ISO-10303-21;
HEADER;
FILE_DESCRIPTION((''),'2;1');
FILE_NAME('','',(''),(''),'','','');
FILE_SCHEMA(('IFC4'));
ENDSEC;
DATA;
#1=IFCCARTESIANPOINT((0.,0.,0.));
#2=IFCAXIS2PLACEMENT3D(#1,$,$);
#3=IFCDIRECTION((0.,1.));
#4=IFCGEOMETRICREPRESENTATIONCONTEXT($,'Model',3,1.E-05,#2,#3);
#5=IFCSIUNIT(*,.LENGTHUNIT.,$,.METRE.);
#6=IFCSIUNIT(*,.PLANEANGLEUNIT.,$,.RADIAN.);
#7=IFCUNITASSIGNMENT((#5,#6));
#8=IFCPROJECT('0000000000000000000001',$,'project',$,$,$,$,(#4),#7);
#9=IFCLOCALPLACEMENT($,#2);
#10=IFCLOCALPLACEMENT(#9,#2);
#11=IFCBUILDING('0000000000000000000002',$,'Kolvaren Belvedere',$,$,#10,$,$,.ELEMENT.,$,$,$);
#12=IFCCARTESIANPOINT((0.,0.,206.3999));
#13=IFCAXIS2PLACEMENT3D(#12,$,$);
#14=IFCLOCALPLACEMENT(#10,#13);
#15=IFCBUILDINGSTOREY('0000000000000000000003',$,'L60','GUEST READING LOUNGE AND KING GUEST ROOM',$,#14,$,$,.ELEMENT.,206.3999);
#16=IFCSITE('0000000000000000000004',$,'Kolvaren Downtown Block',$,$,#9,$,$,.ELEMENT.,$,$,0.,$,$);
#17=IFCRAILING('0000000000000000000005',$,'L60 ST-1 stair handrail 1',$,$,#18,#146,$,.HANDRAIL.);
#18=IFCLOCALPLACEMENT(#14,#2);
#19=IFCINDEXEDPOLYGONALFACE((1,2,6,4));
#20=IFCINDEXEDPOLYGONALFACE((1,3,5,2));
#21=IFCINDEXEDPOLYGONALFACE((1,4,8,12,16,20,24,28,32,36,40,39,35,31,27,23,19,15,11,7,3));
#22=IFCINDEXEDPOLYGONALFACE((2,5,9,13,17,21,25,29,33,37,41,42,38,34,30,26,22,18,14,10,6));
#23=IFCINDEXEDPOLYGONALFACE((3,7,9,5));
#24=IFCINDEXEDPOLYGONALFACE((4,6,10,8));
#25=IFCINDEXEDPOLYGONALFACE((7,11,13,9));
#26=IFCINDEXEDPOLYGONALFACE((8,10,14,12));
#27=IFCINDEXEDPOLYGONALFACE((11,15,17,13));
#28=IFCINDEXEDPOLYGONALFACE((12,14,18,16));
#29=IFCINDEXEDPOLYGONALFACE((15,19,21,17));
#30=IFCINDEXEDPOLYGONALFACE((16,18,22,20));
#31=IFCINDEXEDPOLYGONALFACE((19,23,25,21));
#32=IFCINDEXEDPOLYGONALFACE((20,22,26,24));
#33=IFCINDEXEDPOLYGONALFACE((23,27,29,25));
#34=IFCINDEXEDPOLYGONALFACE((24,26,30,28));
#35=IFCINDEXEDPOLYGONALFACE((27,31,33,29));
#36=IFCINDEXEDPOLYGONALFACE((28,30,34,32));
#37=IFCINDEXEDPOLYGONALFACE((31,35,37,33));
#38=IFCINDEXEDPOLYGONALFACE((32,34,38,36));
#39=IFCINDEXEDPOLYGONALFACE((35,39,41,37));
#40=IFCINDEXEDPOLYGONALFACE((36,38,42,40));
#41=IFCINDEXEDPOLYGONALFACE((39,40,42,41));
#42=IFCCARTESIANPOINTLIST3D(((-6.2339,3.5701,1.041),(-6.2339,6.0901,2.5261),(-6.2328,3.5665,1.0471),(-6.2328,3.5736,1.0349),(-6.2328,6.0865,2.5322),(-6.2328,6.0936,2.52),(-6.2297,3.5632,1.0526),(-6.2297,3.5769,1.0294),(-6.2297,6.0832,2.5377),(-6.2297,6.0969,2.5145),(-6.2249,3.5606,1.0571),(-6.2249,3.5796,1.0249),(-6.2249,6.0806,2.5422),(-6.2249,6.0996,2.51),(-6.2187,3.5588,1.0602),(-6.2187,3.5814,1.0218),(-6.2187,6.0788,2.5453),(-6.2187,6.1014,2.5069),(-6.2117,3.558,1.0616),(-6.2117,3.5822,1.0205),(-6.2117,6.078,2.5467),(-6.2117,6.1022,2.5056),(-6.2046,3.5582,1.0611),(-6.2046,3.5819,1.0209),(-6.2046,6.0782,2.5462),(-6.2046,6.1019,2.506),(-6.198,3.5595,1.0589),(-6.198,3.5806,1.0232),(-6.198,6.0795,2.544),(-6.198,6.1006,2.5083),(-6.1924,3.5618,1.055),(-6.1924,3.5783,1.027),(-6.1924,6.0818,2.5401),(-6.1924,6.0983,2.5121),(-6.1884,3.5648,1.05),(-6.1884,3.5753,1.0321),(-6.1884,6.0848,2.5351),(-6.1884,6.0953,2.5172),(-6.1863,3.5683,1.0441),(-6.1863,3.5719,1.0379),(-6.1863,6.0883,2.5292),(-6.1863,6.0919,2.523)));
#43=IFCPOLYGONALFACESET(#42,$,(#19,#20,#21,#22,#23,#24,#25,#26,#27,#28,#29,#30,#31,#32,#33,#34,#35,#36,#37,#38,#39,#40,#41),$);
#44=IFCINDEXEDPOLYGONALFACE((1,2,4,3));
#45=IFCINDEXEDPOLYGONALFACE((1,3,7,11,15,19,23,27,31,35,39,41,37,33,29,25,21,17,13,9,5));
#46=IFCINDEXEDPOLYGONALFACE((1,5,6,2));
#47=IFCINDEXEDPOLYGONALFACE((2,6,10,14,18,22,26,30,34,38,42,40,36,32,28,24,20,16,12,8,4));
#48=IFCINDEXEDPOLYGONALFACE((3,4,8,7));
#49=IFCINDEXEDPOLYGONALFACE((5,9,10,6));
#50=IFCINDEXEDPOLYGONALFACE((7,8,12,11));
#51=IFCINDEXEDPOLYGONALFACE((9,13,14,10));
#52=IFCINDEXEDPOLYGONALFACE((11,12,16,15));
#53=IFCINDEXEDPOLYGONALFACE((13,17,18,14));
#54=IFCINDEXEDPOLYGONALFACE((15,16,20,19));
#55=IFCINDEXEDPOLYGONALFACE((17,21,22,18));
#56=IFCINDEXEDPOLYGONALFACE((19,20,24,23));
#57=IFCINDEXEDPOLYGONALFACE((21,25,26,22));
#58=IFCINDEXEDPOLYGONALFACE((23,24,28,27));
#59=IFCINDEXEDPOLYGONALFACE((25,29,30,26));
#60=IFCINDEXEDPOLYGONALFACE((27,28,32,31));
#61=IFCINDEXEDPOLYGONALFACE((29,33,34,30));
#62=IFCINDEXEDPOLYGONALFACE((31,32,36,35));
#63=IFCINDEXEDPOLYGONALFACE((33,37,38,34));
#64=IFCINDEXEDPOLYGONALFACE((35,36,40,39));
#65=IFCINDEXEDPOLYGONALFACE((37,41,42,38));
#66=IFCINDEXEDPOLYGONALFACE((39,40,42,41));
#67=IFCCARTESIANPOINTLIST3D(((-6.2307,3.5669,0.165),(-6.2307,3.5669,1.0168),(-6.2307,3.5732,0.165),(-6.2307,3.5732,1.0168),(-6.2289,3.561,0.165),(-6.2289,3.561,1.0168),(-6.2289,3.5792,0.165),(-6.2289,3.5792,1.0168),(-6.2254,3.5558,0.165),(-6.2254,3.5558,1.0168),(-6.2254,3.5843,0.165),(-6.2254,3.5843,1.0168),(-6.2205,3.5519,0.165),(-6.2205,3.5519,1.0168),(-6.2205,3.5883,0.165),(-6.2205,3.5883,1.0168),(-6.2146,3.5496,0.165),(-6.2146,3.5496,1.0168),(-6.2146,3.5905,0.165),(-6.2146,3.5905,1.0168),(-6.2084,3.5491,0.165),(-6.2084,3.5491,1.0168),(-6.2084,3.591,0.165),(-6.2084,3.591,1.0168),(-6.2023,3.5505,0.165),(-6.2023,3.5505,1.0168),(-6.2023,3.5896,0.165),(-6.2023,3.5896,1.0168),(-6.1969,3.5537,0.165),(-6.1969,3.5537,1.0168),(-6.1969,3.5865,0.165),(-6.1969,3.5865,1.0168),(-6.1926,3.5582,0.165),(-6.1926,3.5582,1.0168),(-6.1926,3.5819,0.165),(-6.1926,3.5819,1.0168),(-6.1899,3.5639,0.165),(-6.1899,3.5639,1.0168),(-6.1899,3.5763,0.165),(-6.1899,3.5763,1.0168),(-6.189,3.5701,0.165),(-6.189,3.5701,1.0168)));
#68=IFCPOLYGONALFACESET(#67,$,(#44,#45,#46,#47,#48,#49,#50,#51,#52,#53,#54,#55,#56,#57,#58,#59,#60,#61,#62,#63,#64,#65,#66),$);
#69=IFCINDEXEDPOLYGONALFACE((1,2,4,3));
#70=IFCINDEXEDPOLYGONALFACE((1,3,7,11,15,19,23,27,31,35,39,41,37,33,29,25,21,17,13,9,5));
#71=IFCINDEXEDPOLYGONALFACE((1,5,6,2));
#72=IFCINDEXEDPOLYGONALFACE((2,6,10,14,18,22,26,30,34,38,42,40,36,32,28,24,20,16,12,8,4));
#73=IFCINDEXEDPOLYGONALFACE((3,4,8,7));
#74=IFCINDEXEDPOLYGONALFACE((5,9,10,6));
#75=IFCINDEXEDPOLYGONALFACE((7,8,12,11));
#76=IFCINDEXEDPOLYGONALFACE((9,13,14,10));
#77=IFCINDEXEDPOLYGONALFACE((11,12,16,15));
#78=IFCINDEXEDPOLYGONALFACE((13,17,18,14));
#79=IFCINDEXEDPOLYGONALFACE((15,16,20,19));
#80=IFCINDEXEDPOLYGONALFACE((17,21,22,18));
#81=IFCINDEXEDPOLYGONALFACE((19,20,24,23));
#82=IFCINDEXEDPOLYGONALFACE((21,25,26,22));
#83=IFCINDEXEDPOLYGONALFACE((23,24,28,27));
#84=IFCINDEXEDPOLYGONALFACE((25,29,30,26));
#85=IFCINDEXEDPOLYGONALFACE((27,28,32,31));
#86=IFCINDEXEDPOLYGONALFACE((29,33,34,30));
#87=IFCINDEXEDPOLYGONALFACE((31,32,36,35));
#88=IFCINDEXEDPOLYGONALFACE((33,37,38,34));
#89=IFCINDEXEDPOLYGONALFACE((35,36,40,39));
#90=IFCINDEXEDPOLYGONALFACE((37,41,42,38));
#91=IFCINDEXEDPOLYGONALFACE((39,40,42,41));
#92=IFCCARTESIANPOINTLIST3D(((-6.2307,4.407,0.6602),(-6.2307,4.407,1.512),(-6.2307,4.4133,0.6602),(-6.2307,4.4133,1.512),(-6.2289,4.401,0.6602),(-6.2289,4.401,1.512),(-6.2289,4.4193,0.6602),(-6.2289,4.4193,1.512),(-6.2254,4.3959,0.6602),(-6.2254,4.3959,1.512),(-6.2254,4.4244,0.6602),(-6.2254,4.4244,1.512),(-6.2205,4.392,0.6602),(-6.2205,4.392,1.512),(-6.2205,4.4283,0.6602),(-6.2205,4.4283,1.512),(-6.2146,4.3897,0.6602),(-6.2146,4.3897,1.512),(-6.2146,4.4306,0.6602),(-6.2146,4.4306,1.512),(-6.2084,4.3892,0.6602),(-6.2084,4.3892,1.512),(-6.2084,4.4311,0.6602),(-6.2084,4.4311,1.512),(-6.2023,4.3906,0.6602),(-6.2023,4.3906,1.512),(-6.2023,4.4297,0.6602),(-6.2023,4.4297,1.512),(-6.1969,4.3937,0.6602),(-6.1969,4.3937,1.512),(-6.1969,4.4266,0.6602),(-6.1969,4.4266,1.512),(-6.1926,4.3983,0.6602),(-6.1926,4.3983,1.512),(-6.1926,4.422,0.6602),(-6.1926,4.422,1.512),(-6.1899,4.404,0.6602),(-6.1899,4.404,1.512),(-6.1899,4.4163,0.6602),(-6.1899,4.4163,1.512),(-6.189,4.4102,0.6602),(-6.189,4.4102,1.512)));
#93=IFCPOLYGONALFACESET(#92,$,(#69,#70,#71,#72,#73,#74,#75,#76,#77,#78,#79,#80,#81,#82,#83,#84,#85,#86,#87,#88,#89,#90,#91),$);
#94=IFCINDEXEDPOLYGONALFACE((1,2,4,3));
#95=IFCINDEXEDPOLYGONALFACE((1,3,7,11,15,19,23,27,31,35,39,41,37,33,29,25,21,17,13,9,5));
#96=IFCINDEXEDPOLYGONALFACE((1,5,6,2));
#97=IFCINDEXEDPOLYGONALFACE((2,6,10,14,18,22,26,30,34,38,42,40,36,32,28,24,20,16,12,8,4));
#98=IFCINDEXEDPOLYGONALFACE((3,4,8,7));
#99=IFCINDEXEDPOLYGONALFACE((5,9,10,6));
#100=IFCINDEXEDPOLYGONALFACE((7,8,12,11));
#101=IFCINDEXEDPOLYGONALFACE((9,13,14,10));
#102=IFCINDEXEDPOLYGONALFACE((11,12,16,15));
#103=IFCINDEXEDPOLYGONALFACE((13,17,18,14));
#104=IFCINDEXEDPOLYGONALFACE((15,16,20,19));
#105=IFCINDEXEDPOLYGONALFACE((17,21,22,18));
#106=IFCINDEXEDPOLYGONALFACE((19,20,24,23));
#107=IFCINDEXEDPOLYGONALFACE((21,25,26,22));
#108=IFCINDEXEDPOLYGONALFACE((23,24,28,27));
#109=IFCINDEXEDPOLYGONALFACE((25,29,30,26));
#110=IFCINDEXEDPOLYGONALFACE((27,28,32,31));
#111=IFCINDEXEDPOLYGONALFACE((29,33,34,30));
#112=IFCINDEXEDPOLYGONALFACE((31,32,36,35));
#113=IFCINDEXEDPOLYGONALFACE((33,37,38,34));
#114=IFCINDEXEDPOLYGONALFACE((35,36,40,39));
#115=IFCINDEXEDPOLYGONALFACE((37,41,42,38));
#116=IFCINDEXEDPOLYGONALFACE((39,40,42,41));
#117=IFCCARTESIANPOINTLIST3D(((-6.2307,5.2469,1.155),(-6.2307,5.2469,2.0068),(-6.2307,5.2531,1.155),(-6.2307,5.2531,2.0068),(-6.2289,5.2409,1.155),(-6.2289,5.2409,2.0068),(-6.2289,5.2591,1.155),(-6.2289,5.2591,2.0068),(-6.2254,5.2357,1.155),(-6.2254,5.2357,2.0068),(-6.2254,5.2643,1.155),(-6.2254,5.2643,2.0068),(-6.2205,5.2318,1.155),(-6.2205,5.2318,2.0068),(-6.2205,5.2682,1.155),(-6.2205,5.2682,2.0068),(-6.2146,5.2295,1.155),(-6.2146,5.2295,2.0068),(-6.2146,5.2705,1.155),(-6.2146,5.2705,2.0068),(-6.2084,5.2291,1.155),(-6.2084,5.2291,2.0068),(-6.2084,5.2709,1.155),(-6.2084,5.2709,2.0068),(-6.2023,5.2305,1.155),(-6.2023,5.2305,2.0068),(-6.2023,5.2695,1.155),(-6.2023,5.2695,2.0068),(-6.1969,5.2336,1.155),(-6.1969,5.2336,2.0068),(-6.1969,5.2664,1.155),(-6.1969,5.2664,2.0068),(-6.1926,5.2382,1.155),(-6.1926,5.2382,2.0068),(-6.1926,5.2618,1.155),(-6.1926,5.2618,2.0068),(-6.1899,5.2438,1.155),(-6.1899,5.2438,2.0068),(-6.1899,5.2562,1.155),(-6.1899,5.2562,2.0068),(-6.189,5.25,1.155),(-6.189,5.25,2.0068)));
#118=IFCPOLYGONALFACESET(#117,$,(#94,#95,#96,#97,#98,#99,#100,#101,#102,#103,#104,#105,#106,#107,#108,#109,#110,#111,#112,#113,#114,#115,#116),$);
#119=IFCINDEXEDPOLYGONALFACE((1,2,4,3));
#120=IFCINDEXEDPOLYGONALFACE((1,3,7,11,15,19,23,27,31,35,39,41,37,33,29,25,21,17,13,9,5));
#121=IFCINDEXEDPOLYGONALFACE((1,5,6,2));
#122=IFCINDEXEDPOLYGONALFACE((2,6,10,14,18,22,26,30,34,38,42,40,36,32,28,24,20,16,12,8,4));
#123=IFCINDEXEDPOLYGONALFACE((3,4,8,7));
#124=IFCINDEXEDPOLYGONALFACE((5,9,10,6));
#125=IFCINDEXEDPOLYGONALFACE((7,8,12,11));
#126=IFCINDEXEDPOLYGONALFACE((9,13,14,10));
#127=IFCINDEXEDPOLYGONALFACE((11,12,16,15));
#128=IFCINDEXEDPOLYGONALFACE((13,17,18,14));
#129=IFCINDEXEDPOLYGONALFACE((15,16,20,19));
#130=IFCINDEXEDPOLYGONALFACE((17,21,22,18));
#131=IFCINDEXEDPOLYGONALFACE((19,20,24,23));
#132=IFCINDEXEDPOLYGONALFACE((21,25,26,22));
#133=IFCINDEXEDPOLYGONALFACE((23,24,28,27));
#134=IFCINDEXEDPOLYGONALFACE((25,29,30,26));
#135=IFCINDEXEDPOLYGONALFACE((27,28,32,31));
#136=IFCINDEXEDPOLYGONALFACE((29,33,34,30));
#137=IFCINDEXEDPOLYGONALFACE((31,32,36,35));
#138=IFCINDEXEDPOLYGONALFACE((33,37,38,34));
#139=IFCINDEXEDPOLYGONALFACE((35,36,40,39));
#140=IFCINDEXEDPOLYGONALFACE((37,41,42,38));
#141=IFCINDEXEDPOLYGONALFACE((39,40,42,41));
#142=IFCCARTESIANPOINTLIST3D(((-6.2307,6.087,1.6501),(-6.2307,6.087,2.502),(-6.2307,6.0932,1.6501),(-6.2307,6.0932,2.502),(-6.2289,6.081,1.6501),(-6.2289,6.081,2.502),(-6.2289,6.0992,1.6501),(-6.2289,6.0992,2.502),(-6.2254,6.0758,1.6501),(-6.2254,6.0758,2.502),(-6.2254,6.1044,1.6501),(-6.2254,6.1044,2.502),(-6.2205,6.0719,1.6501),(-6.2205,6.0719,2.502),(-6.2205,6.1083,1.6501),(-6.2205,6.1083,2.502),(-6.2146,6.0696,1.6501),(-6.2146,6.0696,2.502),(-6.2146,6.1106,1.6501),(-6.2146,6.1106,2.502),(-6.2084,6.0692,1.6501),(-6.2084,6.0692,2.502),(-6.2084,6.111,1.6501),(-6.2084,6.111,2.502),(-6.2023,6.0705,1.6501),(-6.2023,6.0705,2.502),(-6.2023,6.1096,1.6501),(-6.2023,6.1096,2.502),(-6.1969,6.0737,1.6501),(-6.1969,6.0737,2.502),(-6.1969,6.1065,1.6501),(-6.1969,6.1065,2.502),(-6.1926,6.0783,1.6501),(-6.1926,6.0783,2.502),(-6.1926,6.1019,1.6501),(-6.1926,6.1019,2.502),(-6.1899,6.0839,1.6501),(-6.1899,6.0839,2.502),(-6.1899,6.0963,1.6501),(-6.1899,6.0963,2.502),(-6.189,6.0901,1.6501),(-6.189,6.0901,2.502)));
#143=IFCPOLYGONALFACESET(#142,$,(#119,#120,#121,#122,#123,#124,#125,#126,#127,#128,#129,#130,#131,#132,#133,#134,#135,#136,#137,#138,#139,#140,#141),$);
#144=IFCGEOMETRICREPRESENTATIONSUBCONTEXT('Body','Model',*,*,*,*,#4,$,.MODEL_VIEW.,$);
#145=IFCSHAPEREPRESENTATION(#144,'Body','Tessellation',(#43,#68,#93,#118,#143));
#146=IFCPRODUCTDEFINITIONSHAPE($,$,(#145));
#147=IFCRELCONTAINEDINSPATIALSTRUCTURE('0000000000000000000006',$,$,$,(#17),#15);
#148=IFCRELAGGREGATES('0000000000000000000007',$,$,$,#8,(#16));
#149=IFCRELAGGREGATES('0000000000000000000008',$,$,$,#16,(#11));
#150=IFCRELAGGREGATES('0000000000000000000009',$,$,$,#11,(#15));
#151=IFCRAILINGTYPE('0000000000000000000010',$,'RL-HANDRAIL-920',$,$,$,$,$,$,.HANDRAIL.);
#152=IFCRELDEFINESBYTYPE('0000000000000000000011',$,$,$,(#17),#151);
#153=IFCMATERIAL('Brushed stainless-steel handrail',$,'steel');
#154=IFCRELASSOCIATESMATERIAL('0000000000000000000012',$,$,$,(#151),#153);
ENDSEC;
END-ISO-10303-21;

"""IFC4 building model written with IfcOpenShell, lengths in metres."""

from ifc_helpers import new_model, si_unit, direction, frame, origin, origin_2d, place, context, subcontext, project, spatial, circle, extrude, material, type_object, element, save


model = new_model("IFC4")

# Units and contexts
model_context = context("Model", 3, precision=1e-05, world=origin(), true_north=direction((0.0, 1.0)))
body_context = subcontext(model_context, "Body", "Model", "MODEL_VIEW")
ifc_project = project(units=[si_unit("LENGTHUNIT", "METRE"), si_unit("PLANEANGLEUNIT", "RADIAN")], contexts=[model_context])

# Site, building, storey
site_placement = place(None, origin())
site = spatial("IfcSite", under=ifc_project, at=site_placement, Name="Kolvaren Downtown Block", CompositionType="ELEMENT", RefElevation=0.0)
building_placement = place(site_placement, origin())
building = spatial("IfcBuilding", under=site, at=building_placement, Name="Kolvaren Belvedere", CompositionType="ELEMENT")
storey_placement = place(building_placement, frame((0.0, 0.0, 206.3999)))
storey = spatial("IfcBuildingStorey", under=building, at=storey_placement, Name="L60", Description="GUEST READING LOUNGE AND KING GUEST ROOM", CompositionType="ELEMENT", Elevation=206.3999)

# Railing
ifc_material_1 = material(Name="Brushed stainless-steel handrail", Category="steel")
railing_type_1 = type_object("IfcRailingType", Name="RL-HANDRAIL-920", PredefinedType="HANDRAIL", material=ifc_material_1)
railing_1_placement = place(storey_placement, frame((-6.21, 3.5701, 0.165)))
element("IfcRailing", 1, at=railing_1_placement, inside=storey, type_object=railing_type_1, Name="L60 ST-1 stair handrail 1", PredefinedType="HANDRAIL", context=body_context, shape_type="SweptSolid", body=[
    extrude(circle(Radius=0.0239, at=origin_2d()), frame((0.0, 0.0, 0.876), z_axis=(0.0, 0.861524, 0.507717), x_axis=(-1.0, 0.0, 0.0)), (0.0, 0.0, 1.0), 2.925),
    extrude(circle(Radius=0.021, at=origin_2d()), origin(), (0.0, 0.0, 1.0), 0.8518),
    extrude(circle(Radius=0.021, at=origin_2d()), frame((0.0, 0.8401, 0.4951)), (0.0, 0.0, 1.0), 0.8518),
    extrude(circle(Radius=0.021, at=origin_2d()), frame((0.0, 1.6799, 0.99)), (0.0, 0.0, 1.0), 0.8518),
    extrude(circle(Radius=0.021, at=origin_2d()), frame((0.0, 2.52, 1.4851)), (0.0, 0.0, 1.0), 0.8518),
])

save(model, "model.ifc")
